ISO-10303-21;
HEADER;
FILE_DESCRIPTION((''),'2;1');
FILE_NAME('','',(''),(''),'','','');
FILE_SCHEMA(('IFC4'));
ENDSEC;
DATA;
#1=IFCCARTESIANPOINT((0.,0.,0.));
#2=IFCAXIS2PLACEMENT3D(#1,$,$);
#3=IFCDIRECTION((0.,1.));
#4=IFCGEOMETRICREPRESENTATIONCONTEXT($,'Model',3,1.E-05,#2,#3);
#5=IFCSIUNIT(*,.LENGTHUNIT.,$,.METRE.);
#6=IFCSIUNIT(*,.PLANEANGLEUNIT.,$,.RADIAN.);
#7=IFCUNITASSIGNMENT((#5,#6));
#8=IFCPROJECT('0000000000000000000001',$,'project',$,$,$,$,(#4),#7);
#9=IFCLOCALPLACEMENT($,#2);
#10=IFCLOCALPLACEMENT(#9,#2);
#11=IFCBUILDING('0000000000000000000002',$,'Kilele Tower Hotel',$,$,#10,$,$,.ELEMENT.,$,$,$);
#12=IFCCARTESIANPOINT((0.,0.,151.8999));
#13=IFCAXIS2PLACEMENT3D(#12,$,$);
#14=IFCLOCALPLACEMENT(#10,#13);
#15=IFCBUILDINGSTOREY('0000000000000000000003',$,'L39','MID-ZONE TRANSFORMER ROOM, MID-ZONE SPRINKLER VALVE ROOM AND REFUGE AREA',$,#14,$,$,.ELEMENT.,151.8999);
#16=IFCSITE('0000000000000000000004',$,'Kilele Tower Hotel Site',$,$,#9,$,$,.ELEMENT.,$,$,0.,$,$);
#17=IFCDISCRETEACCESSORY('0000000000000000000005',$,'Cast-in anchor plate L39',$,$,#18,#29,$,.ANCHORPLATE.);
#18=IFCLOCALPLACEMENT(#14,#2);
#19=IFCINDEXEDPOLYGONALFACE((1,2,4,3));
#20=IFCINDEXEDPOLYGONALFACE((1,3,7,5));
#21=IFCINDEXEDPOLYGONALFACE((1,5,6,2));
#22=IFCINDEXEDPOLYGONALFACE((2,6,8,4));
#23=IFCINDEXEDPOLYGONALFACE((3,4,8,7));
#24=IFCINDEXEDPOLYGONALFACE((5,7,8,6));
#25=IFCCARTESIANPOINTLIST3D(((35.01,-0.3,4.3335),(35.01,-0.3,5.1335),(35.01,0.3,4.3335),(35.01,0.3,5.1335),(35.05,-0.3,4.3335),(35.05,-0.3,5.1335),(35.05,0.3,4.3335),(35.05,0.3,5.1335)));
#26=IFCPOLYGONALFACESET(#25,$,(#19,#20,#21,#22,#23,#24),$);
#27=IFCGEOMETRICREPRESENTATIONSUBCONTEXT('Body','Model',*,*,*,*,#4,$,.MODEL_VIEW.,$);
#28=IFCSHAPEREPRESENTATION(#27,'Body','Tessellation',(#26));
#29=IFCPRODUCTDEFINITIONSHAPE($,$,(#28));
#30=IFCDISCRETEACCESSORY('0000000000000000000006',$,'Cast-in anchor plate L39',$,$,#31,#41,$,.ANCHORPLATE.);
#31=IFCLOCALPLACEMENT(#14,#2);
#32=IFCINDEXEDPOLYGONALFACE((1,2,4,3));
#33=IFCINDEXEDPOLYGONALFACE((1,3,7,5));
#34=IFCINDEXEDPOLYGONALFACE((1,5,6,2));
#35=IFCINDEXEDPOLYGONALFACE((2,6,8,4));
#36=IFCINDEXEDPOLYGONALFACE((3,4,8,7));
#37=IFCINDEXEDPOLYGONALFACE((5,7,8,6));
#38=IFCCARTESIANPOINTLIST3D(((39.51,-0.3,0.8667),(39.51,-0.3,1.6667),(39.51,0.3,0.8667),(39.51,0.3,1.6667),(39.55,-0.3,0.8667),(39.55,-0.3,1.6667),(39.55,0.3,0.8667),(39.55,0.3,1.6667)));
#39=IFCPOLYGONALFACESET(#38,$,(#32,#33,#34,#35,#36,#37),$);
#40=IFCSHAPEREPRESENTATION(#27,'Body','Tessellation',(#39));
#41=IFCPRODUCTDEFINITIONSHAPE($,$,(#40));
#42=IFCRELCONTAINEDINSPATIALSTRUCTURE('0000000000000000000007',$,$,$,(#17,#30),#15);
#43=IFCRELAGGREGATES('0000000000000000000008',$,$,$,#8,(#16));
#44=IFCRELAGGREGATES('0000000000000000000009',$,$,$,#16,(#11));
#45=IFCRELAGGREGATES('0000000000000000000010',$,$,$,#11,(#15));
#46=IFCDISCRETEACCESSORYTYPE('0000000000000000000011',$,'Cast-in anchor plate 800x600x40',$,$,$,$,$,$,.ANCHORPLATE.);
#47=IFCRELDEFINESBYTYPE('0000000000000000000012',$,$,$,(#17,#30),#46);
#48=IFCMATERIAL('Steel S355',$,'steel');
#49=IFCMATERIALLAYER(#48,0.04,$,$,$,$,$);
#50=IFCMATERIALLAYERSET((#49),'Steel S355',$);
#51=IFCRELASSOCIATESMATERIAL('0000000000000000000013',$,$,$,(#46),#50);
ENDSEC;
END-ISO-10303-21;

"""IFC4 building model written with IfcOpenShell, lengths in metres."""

from ifc_helpers import new_model, si_unit, direction, frame, origin, place, context, subcontext, project, spatial, polyline, outline, extrude, source, transform, mapped, material, layer, layer_set, type_object, element, save


model = new_model("IFC4")

# Units and contexts
model_context = context("Model", 3, precision=1e-05, world=origin(), true_north=direction((0.0, 1.0)))
body_context = subcontext(model_context, "Body", "Model", "MODEL_VIEW")
ifc_project = project(units=[si_unit("LENGTHUNIT", "METRE"), si_unit("PLANEANGLEUNIT", "RADIAN")], contexts=[model_context])

# Site, building, storey
site_placement = place(None, origin())
site = spatial("IfcSite", under=ifc_project, at=site_placement, Name="Kilele Tower Hotel Site", CompositionType="ELEMENT", RefElevation=0.0)
building_placement = place(site_placement, origin())
building = spatial("IfcBuilding", under=site, at=building_placement, Name="Kilele Tower Hotel", CompositionType="ELEMENT")
storey_placement = place(building_placement, frame((0.0, 0.0, 151.8999)))
storey = spatial("IfcBuildingStorey", under=building, at=storey_placement, Name="L39", Description="MID-ZONE TRANSFORMER ROOM, MID-ZONE SPRINKLER VALVE ROOM AND REFUGE AREA", CompositionType="ELEMENT", Elevation=151.8999)

# Discrete accessories
ifc_material_1 = material(Name="Steel S355", Category="steel")
ifc_layer_1 = layer(ifc_material_1, 0.04)
ifc_layer_set_1 = layer_set([ifc_layer_1], Name="Steel S355")
discrete_accessory_type_1 = type_object("IfcDiscreteAccessoryType", Name="Cast-in anchor plate 800x600x40", PredefinedType="ANCHORPLATE", material=ifc_layer_set_1)
shared_shape_1 = source(origin(), body_context, "Body", "SweptSolid", [
    extrude(outline(polyline([(0.0, 0.0), (0.04, 0.0), (0.04, 0.8), (0.0, 0.8), (0.0, 0.0)])), origin(), (0.0, 0.0, 1.0), 0.6001),
])
for number, where, z_axis, x_axis, name in (
    (1, (35.05, -0.3, 4.3335), (0.0, 1.0, 0.0), (-1.0, 0.0, 0.0), "Cast-in anchor plate L39"),
    (2, (39.55, -0.3, 0.8667), (0.0, 1.0, 0.0), (-1.0, 0.0, 0.0), "Cast-in anchor plate L39"),
):
    element("IfcDiscreteAccessory", number, at=place(storey_placement, frame(where, z_axis=z_axis, x_axis=x_axis)), inside=storey, type_object=discrete_accessory_type_1, Name=name, PredefinedType="ANCHORPLATE", context=body_context, shape_type="MappedRepresentation", body=[
        mapped(shared_shape_1, transform((0.0, 0.0, 0.0))),
    ])

save(model, "model.ifc")
